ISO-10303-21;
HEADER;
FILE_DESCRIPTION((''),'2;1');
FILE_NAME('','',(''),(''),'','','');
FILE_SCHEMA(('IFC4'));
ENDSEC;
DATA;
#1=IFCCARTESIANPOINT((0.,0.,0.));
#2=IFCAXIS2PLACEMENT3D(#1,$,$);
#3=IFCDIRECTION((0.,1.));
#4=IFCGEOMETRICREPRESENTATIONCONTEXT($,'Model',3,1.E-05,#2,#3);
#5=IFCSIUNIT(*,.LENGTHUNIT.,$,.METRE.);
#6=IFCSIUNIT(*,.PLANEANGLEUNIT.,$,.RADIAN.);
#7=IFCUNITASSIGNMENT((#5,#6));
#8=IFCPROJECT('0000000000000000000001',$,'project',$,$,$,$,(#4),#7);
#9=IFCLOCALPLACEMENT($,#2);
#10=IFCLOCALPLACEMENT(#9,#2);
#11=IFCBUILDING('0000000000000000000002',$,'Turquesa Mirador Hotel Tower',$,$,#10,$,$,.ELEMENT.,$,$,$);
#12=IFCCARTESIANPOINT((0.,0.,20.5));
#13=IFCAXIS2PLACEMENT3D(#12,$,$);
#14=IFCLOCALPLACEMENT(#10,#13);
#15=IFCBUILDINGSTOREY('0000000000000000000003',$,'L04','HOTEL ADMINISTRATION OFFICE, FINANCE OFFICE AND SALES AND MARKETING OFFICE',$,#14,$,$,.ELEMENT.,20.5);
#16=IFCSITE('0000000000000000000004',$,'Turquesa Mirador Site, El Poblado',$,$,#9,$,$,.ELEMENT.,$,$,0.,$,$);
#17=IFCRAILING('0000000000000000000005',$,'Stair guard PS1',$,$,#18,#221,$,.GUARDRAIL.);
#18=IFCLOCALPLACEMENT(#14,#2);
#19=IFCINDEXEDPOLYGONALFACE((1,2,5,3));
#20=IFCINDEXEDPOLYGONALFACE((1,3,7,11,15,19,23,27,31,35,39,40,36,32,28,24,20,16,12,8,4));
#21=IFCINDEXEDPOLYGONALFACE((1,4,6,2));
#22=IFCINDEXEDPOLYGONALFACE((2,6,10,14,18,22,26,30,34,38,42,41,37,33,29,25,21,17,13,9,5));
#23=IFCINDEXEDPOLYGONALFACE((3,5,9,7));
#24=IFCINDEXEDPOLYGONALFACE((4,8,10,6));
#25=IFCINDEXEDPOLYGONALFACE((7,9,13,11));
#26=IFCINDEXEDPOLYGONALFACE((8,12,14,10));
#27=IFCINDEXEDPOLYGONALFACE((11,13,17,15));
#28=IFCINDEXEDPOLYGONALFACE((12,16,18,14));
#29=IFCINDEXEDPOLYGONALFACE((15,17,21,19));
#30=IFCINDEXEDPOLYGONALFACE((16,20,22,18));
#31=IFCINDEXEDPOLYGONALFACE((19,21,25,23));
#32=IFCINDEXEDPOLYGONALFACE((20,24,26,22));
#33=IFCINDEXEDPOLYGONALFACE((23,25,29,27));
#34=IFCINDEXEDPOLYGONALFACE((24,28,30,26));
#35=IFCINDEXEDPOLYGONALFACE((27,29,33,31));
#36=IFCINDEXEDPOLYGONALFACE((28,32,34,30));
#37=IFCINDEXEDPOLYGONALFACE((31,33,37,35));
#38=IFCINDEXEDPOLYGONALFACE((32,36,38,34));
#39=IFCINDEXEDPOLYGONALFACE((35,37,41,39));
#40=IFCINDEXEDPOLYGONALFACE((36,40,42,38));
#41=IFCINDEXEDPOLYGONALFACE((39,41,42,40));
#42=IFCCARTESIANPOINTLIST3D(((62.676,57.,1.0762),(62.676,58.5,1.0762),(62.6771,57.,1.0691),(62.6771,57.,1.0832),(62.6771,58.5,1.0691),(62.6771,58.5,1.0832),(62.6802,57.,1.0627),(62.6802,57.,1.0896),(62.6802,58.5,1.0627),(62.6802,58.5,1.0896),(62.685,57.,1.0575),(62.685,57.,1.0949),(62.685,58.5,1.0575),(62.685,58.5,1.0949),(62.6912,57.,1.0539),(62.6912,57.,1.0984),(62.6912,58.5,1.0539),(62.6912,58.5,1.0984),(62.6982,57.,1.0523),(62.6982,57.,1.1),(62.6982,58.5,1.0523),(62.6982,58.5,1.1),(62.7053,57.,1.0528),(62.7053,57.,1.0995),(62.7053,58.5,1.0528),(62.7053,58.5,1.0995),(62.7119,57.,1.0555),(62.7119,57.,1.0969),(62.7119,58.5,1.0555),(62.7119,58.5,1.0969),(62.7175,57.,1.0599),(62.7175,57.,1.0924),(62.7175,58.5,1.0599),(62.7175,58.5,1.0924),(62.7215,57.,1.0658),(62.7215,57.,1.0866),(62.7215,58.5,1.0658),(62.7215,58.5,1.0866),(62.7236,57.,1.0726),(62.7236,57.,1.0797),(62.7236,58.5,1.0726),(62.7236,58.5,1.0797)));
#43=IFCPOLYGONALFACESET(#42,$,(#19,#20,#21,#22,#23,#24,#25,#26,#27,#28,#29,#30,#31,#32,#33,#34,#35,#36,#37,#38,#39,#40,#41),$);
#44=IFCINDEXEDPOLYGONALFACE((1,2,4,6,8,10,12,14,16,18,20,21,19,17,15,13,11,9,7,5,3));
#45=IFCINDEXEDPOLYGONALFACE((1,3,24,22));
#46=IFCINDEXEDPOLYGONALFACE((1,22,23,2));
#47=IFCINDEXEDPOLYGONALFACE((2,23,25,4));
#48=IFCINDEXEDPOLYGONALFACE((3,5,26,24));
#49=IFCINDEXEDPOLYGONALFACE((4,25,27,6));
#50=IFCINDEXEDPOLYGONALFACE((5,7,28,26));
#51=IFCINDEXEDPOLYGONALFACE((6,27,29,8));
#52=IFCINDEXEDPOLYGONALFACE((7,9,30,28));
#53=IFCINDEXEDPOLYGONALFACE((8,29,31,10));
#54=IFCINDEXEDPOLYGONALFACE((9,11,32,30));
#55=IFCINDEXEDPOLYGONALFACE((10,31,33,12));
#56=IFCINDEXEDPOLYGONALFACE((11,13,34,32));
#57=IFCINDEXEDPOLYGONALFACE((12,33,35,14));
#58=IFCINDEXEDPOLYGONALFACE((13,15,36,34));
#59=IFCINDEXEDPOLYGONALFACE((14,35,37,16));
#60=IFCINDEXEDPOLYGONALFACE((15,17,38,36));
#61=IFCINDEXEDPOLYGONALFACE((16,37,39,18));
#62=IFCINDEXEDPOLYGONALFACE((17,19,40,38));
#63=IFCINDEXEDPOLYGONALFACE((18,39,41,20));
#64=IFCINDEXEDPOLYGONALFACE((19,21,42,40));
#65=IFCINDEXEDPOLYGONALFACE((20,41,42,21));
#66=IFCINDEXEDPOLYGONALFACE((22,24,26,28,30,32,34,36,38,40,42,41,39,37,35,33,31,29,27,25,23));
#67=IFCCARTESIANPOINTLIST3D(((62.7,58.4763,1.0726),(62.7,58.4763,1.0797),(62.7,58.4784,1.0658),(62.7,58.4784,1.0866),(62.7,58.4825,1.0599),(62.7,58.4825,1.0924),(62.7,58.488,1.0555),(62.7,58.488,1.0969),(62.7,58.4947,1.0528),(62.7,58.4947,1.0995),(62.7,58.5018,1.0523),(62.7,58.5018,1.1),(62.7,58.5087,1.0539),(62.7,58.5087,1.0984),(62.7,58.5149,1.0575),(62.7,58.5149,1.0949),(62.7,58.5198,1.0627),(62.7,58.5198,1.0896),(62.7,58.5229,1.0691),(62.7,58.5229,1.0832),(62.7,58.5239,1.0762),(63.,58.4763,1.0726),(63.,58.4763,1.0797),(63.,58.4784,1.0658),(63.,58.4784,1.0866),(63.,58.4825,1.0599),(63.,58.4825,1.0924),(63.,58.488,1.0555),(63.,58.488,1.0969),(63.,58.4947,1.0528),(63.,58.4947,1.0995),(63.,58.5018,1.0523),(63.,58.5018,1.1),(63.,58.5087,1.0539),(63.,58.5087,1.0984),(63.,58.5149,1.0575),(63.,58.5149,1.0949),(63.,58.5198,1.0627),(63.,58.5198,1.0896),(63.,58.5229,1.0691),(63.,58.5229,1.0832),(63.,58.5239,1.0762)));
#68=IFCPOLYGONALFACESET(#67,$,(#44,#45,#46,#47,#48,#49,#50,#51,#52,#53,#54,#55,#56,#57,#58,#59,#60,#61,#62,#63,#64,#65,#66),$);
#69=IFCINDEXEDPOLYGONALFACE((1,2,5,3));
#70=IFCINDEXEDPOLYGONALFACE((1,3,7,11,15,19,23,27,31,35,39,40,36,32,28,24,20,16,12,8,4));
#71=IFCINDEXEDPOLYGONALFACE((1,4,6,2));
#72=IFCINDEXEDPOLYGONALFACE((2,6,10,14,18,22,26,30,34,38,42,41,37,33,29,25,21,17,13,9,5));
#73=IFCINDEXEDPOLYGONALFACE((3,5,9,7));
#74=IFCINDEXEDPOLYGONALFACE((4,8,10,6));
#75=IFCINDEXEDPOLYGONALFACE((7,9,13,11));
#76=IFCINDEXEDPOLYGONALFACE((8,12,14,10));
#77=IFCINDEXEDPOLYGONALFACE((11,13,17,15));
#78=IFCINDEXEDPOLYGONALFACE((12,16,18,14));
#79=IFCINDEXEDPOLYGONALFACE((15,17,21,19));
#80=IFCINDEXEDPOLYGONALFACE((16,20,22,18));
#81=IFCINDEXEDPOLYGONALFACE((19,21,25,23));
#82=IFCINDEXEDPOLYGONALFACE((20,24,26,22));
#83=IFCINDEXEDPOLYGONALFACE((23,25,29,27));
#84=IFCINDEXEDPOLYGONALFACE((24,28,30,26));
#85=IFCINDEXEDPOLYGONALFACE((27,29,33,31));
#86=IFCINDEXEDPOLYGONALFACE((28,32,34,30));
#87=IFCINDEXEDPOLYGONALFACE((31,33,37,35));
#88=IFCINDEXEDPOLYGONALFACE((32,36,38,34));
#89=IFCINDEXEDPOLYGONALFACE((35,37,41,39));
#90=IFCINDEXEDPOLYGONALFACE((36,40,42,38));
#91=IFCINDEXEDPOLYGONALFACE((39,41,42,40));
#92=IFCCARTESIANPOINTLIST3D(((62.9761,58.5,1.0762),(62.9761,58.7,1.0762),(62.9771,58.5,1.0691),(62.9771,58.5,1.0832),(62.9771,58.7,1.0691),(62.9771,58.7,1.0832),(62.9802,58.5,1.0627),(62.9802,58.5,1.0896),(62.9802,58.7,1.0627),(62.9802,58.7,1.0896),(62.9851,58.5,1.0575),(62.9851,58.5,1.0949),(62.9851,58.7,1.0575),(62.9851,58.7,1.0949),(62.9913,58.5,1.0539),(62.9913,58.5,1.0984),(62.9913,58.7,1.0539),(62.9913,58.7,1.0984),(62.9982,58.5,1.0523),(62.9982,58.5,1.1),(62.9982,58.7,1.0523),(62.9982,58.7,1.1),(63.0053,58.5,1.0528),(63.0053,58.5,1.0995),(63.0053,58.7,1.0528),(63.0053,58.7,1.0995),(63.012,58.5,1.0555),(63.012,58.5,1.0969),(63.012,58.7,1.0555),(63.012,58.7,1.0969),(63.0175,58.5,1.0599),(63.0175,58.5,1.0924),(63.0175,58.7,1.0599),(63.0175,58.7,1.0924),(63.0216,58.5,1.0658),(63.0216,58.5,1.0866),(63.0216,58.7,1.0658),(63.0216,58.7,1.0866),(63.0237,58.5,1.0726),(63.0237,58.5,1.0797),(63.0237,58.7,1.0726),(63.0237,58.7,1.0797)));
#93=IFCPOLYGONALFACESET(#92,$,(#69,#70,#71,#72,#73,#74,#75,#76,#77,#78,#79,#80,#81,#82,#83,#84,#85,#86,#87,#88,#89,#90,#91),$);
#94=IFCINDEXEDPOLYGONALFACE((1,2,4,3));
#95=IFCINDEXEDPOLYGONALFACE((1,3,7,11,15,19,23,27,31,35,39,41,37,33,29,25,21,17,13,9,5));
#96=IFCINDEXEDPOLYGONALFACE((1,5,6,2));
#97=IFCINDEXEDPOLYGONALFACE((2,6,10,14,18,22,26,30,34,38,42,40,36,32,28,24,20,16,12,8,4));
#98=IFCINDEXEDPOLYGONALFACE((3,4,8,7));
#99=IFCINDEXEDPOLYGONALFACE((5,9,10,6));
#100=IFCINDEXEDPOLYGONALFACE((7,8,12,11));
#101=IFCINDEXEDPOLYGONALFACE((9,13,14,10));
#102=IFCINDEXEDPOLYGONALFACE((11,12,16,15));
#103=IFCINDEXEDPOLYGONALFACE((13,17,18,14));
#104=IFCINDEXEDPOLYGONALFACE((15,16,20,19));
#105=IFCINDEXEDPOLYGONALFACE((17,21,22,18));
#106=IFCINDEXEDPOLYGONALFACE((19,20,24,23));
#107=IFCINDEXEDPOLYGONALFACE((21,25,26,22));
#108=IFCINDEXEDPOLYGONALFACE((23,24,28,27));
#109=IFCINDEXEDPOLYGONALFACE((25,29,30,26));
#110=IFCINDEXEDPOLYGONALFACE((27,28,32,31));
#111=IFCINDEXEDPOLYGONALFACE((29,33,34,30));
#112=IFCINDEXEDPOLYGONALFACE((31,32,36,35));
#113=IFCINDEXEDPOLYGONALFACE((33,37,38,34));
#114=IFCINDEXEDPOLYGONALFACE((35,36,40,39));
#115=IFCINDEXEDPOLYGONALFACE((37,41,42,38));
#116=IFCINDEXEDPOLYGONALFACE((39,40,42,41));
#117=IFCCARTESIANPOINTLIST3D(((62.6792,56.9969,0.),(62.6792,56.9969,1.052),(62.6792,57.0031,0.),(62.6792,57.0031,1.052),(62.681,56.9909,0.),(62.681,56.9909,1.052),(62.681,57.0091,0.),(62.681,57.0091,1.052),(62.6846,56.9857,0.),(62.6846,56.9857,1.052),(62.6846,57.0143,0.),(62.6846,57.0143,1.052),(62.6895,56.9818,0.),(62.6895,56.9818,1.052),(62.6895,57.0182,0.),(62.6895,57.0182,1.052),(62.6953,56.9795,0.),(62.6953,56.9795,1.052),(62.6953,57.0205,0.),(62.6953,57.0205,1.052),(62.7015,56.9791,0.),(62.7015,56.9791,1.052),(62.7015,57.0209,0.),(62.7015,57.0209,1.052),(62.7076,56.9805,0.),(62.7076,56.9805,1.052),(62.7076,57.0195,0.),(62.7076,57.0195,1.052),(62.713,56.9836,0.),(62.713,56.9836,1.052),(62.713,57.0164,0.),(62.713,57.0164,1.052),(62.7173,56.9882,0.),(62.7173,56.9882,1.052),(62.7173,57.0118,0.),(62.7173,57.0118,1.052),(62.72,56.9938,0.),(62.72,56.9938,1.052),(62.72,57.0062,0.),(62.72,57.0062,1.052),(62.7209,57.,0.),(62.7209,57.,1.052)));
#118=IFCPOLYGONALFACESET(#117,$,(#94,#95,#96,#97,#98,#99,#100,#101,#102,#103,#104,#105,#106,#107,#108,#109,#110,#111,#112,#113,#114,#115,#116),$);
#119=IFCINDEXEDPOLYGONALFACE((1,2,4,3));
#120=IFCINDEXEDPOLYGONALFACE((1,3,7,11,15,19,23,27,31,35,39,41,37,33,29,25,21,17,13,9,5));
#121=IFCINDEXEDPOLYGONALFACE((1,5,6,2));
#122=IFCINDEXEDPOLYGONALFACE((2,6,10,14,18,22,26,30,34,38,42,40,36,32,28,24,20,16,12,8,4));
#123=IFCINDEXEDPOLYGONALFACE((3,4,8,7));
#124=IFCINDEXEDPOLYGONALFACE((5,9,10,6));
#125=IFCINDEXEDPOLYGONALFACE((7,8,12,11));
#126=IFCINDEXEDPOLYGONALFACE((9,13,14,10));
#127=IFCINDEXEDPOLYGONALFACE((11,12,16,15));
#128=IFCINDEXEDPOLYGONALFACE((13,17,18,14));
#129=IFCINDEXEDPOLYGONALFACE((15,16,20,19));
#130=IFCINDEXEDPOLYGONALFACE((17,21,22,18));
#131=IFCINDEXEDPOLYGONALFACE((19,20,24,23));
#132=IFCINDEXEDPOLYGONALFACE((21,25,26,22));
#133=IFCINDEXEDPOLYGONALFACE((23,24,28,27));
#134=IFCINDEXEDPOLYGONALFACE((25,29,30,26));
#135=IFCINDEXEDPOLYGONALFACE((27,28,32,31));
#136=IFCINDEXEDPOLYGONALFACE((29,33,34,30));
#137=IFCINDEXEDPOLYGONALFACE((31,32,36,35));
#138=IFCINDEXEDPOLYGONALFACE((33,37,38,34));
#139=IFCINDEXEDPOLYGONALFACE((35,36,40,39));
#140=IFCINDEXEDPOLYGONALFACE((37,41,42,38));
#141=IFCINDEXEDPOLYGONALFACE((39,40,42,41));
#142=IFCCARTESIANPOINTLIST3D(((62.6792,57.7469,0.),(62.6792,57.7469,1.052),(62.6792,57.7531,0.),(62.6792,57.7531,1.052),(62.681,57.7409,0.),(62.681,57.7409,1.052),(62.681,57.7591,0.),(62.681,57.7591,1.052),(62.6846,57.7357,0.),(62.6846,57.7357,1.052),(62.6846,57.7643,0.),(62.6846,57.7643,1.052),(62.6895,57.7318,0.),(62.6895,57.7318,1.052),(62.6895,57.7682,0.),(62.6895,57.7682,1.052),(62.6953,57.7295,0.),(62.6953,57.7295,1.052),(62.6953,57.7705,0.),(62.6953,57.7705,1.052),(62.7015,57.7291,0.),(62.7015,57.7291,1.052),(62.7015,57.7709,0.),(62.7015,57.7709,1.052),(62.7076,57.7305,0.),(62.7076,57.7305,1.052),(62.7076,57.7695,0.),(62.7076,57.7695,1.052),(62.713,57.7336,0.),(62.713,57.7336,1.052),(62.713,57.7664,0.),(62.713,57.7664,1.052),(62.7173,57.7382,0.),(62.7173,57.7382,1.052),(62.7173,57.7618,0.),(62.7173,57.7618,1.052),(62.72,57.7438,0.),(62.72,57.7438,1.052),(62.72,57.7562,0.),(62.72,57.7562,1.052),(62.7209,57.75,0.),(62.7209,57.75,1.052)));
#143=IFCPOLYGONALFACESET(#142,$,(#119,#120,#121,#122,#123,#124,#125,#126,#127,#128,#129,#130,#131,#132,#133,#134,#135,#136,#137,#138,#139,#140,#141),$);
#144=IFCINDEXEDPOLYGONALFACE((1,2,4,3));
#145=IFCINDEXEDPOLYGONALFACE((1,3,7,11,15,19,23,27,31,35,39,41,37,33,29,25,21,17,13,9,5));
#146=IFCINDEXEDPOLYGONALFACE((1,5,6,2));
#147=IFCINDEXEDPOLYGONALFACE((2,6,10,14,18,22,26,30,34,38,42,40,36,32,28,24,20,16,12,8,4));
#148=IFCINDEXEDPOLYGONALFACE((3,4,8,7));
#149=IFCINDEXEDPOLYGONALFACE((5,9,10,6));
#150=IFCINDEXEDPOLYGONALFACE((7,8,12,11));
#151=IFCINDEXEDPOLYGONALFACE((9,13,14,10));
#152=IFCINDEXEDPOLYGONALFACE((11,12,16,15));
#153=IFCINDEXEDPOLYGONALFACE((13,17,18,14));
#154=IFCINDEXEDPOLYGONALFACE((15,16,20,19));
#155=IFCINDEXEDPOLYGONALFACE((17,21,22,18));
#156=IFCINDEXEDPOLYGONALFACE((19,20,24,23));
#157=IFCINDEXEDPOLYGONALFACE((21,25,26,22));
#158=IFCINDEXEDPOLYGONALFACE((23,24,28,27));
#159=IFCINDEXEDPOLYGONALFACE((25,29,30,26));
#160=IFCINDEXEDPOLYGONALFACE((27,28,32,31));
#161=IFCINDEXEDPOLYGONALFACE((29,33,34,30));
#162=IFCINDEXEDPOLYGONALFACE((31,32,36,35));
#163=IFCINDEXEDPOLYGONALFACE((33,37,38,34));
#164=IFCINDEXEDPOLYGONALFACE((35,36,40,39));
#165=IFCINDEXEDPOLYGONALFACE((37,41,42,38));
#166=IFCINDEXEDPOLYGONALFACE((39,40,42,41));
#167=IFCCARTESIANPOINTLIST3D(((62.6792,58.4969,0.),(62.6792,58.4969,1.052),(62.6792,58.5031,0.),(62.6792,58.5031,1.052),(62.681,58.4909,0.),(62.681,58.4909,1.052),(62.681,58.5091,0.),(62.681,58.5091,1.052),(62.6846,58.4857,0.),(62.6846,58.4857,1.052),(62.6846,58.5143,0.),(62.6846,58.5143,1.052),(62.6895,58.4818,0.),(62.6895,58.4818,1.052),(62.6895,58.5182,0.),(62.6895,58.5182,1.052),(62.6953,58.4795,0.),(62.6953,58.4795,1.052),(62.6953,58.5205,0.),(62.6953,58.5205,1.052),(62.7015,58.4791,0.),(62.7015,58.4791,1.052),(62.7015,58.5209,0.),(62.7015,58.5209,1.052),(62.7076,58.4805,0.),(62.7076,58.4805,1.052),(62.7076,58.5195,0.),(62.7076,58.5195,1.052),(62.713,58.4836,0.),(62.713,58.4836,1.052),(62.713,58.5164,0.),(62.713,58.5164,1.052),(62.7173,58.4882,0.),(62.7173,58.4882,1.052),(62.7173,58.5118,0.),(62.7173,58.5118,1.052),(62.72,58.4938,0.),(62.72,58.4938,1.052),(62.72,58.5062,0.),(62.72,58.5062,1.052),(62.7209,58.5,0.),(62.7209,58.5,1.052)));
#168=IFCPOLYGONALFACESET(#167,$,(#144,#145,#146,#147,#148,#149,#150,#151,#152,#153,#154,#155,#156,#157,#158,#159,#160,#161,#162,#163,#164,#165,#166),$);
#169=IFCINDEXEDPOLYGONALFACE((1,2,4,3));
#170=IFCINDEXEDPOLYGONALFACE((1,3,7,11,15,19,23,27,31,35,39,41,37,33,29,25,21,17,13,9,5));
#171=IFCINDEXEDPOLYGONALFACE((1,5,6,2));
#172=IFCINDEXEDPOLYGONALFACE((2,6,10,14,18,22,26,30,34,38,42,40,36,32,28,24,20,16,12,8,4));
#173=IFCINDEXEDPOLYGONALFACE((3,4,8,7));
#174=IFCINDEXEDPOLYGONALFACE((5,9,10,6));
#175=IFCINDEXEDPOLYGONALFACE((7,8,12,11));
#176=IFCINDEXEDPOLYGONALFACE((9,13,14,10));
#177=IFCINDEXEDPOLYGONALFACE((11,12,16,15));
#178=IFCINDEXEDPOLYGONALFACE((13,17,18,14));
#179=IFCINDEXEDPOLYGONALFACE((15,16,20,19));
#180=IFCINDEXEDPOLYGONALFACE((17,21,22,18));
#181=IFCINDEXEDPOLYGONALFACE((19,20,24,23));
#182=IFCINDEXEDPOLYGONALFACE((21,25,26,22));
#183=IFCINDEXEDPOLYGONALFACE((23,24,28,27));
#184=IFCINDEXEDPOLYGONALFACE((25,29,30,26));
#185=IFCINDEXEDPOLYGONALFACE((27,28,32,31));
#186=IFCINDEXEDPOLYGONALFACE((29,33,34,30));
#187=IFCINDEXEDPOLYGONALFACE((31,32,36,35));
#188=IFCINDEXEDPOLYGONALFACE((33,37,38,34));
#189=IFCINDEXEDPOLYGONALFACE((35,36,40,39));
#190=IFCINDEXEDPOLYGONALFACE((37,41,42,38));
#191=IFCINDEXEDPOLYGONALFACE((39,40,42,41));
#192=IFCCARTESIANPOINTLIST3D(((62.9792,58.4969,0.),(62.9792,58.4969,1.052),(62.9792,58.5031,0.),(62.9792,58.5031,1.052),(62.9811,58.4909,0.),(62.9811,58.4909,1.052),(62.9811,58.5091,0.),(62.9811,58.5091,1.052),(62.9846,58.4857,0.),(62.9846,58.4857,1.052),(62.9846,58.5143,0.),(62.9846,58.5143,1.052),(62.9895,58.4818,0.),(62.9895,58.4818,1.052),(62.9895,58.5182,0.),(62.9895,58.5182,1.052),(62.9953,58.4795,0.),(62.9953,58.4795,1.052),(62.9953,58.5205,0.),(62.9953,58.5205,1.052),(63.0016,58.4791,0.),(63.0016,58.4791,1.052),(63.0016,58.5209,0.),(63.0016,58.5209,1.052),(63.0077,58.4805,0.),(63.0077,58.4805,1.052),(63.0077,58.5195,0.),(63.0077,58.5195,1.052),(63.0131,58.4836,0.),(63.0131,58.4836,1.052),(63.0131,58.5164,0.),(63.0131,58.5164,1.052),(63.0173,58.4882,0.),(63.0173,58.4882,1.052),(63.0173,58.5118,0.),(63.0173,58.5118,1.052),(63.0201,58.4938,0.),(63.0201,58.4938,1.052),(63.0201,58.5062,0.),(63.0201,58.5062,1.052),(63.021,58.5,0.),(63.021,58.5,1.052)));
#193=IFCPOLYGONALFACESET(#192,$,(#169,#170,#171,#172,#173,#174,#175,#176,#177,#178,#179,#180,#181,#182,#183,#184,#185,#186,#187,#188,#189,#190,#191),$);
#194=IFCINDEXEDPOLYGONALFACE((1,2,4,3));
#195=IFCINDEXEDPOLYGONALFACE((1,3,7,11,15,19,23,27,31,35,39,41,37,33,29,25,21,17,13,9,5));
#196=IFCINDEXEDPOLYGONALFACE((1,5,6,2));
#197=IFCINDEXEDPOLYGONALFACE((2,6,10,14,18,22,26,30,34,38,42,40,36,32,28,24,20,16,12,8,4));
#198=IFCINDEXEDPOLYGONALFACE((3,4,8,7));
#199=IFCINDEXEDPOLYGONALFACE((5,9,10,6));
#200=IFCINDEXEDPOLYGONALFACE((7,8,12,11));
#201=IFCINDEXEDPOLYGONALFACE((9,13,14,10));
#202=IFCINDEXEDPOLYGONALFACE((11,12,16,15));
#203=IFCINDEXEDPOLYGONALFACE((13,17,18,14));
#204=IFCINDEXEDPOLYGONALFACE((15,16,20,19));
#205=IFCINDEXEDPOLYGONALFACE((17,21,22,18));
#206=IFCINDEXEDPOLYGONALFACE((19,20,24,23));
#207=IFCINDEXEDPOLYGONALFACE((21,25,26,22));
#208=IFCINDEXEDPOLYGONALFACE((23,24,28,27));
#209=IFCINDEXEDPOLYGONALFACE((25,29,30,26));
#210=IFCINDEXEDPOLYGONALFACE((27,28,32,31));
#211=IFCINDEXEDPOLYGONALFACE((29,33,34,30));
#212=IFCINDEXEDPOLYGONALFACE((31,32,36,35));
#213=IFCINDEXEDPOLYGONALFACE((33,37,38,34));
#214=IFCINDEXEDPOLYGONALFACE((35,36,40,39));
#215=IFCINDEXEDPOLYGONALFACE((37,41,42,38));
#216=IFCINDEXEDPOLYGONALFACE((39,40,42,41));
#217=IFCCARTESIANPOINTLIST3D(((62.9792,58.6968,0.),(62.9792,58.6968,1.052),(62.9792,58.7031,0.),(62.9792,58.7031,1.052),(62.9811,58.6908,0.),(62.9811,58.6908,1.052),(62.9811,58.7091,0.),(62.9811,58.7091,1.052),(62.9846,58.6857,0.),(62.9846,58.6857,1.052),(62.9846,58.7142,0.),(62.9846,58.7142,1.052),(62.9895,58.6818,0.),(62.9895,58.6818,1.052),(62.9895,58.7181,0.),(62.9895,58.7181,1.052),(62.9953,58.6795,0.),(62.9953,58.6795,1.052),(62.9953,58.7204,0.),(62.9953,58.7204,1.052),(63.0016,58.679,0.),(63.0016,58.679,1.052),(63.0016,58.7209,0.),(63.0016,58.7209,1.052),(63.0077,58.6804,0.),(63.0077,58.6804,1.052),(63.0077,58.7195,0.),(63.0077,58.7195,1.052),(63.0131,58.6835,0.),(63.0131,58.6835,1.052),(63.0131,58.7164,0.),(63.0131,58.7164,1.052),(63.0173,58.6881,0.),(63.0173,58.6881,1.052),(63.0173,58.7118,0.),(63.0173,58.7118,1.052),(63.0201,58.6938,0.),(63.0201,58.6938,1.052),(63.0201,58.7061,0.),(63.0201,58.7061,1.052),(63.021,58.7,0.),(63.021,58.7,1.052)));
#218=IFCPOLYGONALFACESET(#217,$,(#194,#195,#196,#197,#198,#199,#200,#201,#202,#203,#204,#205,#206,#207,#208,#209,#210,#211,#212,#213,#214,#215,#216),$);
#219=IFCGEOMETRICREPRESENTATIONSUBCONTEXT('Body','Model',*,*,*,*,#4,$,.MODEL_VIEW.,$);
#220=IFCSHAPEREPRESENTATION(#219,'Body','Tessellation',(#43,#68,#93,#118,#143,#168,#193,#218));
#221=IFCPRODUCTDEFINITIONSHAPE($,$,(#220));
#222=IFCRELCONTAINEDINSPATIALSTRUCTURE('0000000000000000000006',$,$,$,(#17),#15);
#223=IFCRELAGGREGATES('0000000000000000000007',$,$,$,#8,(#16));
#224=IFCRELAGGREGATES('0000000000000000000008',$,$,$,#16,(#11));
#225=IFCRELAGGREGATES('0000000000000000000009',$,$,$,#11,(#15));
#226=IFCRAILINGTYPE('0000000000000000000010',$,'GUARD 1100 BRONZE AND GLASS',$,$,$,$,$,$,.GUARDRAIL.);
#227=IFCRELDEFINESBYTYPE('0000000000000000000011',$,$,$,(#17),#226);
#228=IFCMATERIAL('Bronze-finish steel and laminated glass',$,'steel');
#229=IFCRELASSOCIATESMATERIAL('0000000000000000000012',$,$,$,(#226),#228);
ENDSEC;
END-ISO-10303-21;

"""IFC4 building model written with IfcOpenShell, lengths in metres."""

from ifc_helpers import new_model, si_unit, direction, frame, origin, origin_2d, place, context, subcontext, project, spatial, circle, extrude, material, type_object, element, save


model = new_model("IFC4")

# Units and contexts
model_context = context("Model", 3, precision=1e-05, world=origin(), true_north=direction((0.0, 1.0)))
body_context = subcontext(model_context, "Body", "Model", "MODEL_VIEW")
ifc_project = project(units=[si_unit("LENGTHUNIT", "METRE"), si_unit("PLANEANGLEUNIT", "RADIAN")], contexts=[model_context])

# Site, building, storey
site_placement = place(None, origin())
site = spatial("IfcSite", under=ifc_project, at=site_placement, Name="Turquesa Mirador Site, El Poblado", CompositionType="ELEMENT", RefElevation=0.0)
building_placement = place(site_placement, origin())
building = spatial("IfcBuilding", under=site, at=building_placement, Name="Turquesa Mirador Hotel Tower", CompositionType="ELEMENT")
storey_placement = place(building_placement, frame((0.0, 0.0, 20.5)))
storey = spatial("IfcBuildingStorey", under=building, at=storey_placement, Name="L04", Description="HOTEL ADMINISTRATION OFFICE, FINANCE OFFICE AND SALES AND MARKETING OFFICE", CompositionType="ELEMENT", Elevation=20.5)

# Railing
ifc_material_1 = material(Name="Bronze-finish steel and laminated glass", Category="steel")
railing_type_1 = type_object("IfcRailingType", Name="GUARD 1100 BRONZE AND GLASS", PredefinedType="GUARDRAIL", material=ifc_material_1)
railing_1_placement = place(storey_placement, frame((62.7, 57.0, 0.0)))
element("IfcRailing", 1, at=railing_1_placement, inside=storey, type_object=railing_type_1, Name="Stair guard PS1", PredefinedType="GUARDRAIL", context=body_context, shape_type="SweptSolid", body=[
    extrude(circle(Radius=0.0239, at=origin_2d()), frame((0.0, 0.0, 1.0762), z_axis=(0.0, 1.0, 0.0), x_axis=(-1.0, 0.0, 0.0)), (0.0, 0.0, 1.0), 1.5),
    extrude(circle(Radius=0.0239, at=origin_2d()), frame((0.0, 1.5, 1.0762), z_axis=(1.0, 0.0, 0.0), x_axis=(0.0, 1.0, 0.0)), (0.0, 0.0, 1.0), 0.3),
    extrude(circle(Radius=0.0239, at=origin_2d()), frame((0.3, 1.5, 1.0762), z_axis=(0.0, 1.0, 0.0), x_axis=(-1.0, 0.0, 0.0)), (0.0, 0.0, 1.0), 0.2),
    extrude(circle(Radius=0.021, at=origin_2d()), origin(), (0.0, 0.0, 1.0), 1.052),
    extrude(circle(Radius=0.021, at=origin_2d()), frame((0.0, 0.75, 0.0)), (0.0, 0.0, 1.0), 1.052),
    extrude(circle(Radius=0.021, at=origin_2d()), frame((0.0, 1.5, 0.0)), (0.0, 0.0, 1.0), 1.052),
    extrude(circle(Radius=0.021, at=origin_2d()), frame((0.3, 1.5, 0.0)), (0.0, 0.0, 1.0), 1.052),
    extrude(circle(Radius=0.021, at=origin_2d()), frame((0.3, 1.7, 0.0)), (0.0, 0.0, 1.0), 1.052),
])

save(model, "model.ifc")
